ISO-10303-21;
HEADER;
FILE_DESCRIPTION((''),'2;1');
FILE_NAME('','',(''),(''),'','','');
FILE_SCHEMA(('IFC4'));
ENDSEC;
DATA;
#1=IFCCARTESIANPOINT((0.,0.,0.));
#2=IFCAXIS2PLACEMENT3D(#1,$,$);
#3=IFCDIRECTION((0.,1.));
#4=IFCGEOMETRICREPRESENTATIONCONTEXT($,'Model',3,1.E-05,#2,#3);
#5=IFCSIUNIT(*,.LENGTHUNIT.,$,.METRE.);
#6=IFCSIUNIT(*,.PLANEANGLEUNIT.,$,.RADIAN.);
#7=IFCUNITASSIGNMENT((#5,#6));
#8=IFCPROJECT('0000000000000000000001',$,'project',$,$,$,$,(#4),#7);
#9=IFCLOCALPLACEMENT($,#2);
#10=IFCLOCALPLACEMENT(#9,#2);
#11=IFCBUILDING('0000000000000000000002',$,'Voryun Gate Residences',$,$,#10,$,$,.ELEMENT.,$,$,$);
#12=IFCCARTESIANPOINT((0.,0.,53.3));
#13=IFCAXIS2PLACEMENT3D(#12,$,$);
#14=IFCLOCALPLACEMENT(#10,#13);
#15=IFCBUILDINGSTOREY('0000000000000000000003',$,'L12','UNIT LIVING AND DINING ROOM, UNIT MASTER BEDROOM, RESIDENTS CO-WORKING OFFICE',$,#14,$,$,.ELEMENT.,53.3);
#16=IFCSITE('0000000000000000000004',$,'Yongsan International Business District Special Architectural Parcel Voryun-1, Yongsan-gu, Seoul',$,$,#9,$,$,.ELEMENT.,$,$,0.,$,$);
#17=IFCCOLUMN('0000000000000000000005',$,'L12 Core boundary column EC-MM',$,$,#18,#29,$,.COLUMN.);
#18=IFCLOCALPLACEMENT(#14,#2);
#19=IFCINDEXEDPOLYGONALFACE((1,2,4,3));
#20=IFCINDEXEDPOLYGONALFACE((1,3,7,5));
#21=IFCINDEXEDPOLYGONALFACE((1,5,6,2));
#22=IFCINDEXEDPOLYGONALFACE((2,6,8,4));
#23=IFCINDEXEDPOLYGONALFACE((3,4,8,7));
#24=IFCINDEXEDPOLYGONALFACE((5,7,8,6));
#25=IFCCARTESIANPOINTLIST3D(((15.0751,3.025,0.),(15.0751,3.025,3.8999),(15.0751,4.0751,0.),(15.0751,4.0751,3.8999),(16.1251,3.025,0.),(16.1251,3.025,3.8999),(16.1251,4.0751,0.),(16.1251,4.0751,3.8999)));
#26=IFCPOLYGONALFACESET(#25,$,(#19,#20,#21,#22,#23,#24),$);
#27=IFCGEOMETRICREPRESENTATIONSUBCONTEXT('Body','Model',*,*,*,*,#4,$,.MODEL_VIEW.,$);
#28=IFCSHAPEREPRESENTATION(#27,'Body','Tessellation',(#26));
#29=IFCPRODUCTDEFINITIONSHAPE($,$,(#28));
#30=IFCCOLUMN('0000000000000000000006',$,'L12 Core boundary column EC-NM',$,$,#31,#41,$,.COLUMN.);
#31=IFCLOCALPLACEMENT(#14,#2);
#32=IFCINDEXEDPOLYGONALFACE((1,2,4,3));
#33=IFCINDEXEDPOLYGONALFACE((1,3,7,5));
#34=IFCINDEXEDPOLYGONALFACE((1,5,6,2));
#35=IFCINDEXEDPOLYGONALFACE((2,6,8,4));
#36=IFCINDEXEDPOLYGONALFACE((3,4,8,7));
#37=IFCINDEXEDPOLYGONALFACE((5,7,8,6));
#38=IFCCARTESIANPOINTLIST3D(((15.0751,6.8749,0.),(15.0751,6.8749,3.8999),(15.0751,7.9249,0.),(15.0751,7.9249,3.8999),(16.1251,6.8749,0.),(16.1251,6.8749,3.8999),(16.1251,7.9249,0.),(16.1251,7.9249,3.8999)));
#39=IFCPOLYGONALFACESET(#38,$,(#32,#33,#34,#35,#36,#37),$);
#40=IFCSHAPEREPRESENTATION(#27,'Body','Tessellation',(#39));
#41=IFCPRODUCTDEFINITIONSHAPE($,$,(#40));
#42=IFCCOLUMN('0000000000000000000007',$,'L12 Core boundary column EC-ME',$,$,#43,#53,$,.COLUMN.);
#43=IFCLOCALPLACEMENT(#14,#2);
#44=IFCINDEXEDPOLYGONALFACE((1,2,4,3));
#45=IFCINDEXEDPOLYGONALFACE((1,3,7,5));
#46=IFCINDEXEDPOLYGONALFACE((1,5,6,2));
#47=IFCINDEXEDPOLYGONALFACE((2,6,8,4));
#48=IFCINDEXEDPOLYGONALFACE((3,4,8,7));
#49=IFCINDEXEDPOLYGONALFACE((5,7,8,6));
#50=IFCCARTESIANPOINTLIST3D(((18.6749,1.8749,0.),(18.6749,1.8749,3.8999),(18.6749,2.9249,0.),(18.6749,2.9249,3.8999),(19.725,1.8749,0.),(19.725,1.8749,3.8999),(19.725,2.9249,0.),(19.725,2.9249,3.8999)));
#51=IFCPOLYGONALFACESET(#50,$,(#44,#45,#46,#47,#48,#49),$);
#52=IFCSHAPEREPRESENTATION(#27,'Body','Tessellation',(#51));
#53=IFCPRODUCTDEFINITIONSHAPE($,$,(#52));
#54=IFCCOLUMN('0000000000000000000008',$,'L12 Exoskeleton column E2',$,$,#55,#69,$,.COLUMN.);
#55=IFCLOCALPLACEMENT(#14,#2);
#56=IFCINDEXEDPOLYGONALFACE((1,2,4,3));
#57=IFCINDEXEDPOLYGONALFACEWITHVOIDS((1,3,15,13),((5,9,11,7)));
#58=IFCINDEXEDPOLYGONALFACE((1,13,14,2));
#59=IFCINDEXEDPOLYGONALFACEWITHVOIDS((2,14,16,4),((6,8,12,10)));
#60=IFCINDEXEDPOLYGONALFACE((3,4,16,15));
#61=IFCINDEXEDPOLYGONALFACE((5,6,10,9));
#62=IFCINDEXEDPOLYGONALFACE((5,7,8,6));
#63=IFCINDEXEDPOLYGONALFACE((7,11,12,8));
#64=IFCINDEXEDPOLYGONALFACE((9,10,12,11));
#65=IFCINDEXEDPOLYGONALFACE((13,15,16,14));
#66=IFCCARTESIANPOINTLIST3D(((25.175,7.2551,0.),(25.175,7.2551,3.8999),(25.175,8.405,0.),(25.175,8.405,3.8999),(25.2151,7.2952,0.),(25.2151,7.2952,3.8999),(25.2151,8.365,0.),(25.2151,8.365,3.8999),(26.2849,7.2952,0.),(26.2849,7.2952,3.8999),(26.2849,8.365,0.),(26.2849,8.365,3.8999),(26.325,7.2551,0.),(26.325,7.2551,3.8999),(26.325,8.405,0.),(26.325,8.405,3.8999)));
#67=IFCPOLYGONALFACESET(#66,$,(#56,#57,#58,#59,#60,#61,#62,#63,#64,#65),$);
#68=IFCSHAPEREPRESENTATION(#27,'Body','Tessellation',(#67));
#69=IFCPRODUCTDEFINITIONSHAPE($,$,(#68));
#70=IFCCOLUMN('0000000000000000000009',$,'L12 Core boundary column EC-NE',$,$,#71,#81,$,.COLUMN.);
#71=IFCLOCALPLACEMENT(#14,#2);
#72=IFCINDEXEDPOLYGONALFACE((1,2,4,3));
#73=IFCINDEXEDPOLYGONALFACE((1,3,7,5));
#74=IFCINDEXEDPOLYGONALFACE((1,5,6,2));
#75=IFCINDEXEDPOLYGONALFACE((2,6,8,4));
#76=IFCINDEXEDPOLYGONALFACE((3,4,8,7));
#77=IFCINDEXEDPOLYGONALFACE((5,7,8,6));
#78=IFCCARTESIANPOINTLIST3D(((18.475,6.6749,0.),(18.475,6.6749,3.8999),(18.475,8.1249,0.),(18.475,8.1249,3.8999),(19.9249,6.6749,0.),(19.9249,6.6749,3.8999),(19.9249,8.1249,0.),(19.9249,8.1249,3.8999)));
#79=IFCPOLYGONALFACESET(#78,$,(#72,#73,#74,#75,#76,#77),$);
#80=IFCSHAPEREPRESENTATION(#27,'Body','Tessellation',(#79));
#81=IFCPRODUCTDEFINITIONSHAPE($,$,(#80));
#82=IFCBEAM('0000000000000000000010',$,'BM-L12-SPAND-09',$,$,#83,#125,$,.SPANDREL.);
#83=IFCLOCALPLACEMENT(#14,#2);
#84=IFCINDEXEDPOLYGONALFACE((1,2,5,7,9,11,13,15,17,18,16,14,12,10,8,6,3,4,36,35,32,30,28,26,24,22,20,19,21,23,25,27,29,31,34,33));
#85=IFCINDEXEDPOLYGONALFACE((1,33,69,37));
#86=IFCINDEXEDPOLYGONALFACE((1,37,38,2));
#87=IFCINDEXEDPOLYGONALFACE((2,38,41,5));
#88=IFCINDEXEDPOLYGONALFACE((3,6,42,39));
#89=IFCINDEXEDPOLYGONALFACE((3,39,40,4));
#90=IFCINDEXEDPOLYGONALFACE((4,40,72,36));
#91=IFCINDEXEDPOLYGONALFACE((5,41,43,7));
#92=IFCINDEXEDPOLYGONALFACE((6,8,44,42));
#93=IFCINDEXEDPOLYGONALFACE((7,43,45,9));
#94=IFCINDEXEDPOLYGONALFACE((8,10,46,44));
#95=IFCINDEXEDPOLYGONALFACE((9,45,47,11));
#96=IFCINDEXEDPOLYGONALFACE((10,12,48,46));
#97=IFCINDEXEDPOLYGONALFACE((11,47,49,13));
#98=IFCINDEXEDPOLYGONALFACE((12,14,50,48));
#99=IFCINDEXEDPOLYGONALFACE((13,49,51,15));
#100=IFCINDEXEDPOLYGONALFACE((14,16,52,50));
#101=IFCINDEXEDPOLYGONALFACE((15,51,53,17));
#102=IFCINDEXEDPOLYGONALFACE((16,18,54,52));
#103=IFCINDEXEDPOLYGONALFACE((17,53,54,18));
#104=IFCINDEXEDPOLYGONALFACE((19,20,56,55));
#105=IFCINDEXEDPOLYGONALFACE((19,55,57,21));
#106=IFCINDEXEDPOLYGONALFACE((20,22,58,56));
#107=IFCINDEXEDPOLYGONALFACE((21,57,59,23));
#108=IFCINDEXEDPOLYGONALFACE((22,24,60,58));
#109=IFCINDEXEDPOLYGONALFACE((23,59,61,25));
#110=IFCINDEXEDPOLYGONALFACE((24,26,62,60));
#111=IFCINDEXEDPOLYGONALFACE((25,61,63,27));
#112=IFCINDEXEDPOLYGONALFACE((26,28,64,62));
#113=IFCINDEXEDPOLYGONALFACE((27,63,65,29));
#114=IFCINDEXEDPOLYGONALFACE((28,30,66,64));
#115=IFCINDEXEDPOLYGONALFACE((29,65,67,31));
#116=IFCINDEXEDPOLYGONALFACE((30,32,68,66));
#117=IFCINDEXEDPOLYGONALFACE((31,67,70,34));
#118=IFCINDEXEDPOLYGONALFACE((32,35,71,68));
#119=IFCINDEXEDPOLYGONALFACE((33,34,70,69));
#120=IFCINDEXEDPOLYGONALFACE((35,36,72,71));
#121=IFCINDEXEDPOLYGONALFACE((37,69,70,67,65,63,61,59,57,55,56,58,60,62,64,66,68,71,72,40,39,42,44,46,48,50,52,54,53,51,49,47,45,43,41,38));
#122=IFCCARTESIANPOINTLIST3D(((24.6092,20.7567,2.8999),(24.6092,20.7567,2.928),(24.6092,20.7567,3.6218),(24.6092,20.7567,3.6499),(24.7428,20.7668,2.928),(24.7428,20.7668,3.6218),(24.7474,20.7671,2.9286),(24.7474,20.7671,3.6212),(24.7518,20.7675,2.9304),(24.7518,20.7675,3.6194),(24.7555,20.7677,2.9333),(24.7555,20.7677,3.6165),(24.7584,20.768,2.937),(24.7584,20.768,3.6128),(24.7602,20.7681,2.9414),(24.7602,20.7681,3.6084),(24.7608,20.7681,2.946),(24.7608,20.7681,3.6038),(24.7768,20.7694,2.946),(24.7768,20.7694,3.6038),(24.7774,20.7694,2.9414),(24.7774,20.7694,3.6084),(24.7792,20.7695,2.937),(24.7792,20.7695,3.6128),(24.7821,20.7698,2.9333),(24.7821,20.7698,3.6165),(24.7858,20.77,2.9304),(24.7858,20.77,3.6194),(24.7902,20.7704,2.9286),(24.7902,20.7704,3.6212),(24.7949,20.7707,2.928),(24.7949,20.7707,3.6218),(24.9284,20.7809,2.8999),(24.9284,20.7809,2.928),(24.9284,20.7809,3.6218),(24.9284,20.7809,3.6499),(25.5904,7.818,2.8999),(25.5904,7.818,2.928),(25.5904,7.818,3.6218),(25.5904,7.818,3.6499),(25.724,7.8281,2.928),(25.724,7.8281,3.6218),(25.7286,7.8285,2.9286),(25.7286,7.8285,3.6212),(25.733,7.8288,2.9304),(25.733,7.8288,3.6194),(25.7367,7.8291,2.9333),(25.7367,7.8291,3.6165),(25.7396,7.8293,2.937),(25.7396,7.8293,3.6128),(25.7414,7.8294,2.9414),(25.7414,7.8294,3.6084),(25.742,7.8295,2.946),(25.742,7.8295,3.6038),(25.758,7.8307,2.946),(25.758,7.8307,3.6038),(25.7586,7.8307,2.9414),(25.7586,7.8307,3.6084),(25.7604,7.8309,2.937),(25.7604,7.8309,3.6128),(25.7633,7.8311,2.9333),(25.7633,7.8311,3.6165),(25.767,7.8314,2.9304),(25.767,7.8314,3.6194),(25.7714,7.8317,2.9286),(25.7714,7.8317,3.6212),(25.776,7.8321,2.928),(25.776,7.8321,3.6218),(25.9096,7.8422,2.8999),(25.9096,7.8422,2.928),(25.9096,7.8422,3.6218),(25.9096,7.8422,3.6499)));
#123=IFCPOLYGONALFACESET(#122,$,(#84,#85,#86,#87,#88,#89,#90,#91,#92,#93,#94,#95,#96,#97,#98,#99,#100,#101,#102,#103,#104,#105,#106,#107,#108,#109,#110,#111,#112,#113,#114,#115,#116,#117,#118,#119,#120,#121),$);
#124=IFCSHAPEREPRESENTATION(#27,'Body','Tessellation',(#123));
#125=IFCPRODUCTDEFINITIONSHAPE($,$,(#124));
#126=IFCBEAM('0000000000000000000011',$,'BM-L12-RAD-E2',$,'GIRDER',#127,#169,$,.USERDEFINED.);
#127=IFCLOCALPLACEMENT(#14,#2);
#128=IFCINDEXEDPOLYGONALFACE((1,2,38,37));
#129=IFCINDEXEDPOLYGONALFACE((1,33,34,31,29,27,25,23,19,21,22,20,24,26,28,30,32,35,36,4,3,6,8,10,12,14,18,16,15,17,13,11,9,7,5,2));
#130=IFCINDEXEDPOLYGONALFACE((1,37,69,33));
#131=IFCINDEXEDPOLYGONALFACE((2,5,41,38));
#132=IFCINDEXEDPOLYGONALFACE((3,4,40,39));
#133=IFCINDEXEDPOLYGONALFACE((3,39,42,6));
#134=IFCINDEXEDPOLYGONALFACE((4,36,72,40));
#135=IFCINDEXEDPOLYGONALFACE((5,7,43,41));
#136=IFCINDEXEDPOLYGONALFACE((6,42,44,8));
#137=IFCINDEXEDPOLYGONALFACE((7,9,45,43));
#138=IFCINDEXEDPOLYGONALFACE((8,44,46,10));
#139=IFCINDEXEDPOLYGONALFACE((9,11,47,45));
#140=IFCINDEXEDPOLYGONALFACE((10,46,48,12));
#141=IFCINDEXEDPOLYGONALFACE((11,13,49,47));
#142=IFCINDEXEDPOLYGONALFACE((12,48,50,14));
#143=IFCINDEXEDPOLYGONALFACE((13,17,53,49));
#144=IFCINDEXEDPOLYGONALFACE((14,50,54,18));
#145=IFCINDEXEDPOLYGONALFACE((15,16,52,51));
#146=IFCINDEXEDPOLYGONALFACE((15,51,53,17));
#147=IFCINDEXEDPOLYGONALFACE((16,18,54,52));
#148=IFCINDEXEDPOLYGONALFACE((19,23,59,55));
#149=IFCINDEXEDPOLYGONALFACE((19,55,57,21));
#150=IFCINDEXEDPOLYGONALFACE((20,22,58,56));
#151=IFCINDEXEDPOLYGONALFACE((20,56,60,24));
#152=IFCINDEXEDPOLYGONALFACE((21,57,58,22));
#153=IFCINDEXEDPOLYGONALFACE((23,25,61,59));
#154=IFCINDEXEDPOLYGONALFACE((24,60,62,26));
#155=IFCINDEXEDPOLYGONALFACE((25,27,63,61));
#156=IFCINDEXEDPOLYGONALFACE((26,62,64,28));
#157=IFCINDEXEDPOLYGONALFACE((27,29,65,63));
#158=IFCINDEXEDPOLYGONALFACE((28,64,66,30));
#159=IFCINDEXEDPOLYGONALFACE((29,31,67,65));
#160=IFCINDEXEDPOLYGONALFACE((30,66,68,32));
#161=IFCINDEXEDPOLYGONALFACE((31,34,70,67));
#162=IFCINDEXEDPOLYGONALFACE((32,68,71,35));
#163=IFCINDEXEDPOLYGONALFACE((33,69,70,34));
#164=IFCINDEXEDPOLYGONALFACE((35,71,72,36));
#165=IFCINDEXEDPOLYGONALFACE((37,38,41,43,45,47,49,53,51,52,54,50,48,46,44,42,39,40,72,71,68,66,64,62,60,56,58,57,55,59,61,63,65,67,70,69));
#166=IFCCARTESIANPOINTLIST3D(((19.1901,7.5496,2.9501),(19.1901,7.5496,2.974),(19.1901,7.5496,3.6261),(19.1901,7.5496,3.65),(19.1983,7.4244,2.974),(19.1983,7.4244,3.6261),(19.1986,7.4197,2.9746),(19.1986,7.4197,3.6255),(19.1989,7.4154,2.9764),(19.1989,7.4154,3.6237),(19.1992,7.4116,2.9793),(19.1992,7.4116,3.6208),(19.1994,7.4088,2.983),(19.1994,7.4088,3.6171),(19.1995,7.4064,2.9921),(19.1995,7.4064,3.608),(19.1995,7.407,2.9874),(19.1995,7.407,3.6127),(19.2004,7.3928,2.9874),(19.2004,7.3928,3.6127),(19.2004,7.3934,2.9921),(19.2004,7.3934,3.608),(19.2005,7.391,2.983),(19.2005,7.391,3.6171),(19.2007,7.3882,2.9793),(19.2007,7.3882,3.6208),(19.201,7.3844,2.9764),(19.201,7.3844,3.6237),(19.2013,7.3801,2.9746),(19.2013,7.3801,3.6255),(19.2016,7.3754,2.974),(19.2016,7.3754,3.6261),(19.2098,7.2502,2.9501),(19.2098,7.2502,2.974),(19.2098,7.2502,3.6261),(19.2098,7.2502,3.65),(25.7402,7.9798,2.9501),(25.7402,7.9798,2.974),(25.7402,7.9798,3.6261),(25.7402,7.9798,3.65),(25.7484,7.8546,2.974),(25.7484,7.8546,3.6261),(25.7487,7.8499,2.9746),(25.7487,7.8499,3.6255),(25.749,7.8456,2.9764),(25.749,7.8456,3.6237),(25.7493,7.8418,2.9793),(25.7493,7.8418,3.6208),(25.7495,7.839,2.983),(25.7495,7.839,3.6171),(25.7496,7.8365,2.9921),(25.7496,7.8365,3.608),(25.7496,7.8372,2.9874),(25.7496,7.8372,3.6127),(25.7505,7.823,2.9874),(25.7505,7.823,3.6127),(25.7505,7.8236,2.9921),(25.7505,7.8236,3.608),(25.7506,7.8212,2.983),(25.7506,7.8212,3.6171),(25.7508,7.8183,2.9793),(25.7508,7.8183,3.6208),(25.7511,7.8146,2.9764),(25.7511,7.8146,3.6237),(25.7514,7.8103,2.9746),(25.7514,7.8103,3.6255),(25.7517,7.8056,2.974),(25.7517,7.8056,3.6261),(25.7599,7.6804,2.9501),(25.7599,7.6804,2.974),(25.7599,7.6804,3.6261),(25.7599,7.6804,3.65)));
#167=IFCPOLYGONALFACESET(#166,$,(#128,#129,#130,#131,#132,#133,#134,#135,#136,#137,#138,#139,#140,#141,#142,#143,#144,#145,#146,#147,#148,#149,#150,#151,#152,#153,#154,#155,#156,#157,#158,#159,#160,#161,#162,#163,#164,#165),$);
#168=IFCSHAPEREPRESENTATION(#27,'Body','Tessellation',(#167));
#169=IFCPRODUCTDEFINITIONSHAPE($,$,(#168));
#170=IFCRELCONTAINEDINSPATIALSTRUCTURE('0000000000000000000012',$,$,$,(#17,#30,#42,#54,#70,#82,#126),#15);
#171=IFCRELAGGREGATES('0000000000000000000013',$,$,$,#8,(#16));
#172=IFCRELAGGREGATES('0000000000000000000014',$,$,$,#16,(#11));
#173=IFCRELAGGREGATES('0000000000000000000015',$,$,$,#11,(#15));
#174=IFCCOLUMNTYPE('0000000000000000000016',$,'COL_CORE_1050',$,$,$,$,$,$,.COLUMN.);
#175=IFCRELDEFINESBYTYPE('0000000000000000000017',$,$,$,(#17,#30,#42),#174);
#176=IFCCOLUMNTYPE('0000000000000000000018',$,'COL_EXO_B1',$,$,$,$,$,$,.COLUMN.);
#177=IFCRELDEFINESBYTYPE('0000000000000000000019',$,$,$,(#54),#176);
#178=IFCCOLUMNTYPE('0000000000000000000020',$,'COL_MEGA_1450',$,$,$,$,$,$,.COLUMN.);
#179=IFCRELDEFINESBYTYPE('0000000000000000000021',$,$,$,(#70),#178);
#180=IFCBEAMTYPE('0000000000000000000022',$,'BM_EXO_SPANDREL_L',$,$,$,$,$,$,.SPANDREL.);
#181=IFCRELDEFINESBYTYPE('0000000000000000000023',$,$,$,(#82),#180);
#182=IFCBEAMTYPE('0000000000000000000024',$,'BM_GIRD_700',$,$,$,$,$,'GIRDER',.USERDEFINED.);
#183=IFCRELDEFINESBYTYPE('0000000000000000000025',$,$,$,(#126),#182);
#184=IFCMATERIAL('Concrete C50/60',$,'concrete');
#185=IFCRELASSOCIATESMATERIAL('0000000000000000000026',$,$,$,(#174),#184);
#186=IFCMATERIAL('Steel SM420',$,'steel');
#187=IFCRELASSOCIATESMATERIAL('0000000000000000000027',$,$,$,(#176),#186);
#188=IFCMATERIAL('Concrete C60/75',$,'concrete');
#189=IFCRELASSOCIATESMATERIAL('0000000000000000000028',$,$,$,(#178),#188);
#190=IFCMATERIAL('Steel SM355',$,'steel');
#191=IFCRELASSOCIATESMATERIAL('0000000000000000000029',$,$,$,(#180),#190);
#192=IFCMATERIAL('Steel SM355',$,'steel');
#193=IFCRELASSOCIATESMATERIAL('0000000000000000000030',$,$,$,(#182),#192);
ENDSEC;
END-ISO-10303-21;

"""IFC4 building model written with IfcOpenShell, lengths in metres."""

from ifc_helpers import new_model, si_unit, direction, frame, origin, origin_2d, place, context, subcontext, project, spatial, rectangle, hollow_rectangle, i_section, extrude, material, material_profile, profile_set, type_object, element, save


model = new_model("IFC4")

# Units and contexts
model_context = context("Model", 3, precision=1e-05, world=origin(), true_north=direction((0.0, 1.0)))
body_context = subcontext(model_context, "Body", "Model", "MODEL_VIEW")
ifc_project = project(units=[si_unit("LENGTHUNIT", "METRE"), si_unit("PLANEANGLEUNIT", "RADIAN")], contexts=[model_context])

# Site, building, storey
site_placement = place(None, origin())
site = spatial("IfcSite", under=ifc_project, at=site_placement, Name="Yongsan International Business District Special Architectural Parcel Voryun-1, Yongsan-gu, Seoul", CompositionType="ELEMENT", RefElevation=0.0)
building_placement = place(site_placement, origin())
building = spatial("IfcBuilding", under=site, at=building_placement, Name="Voryun Gate Residences", CompositionType="ELEMENT")
storey_placement = place(building_placement, frame((0.0, 0.0, 53.3)))
storey = spatial("IfcBuildingStorey", under=building, at=storey_placement, Name="L12", Description="UNIT LIVING AND DINING ROOM, UNIT MASTER BEDROOM, RESIDENTS CO-WORKING OFFICE", CompositionType="ELEMENT", Elevation=53.3)

# Columns
ifc_material_1 = material(Name="Concrete C50/60", Category="concrete")
ifc_material_profile_1 = material_profile(ifc_material_1, rectangle(XDim=1.05, YDim=1.05, at=origin_2d()), Name="RC-1050x1050")
ifc_profile_set_1 = profile_set([ifc_material_profile_1], Name="Concrete C50/60")
column_type_1 = type_object("IfcColumnType", Name="COL_CORE_1050", PredefinedType="COLUMN", material=ifc_profile_set_1)
for number, where, z_axis, x_axis, name in (
    (1, (15.6001, 3.55, 0.0), (0.0, 0.0, 1.0), (1.0, 0.0, 0.0), "L12 Core boundary column EC-MM"),
    (2, (15.6001, 7.3999, 0.0), (0.0, 0.0, 1.0), (1.0, 0.0, 0.0), "L12 Core boundary column EC-NM"),
    (3, (19.2, 2.3999, 0.0), (0.0, 0.0, 1.0), (1.0, 0.0, 0.0), "L12 Core boundary column EC-ME"),
):
    element("IfcColumn", number, at=place(storey_placement, frame(where, z_axis=z_axis, x_axis=x_axis)), inside=storey, type_object=column_type_1, Name=name, PredefinedType="COLUMN", context=body_context, shape_type="SweptSolid", body=[
        extrude(rectangle(XDim=1.05, YDim=1.05, at=origin_2d()), origin(), (0.0, 0.0, 1.0), 3.8999),
    ])
ifc_material_2 = material(Name="Steel SM420", Category="steel")
ifc_material_profile_2 = material_profile(ifc_material_2, hollow_rectangle(XDim=1.1499, YDim=1.1499, WallThickness=0.04, at=origin_2d()), Name="BOX-1150x1150x40")
ifc_profile_set_2 = profile_set([ifc_material_profile_2], Name="Steel SM420")
column_type_2 = type_object("IfcColumnType", Name="COL_EXO_B1", PredefinedType="COLUMN", material=ifc_profile_set_2)
column_1_placement = place(storey_placement, frame((25.75, 7.8301, 0.0), z_axis=(0.0, 0.0, 1.0), x_axis=(1.0, 0.0, 0.0)))
element("IfcColumn", 4, at=column_1_placement, inside=storey, type_object=column_type_2, Name="L12 Exoskeleton column E2", PredefinedType="COLUMN", context=body_context, shape_type="SweptSolid", body=[
    extrude(hollow_rectangle(XDim=1.1499, YDim=1.1499, WallThickness=0.04, at=origin_2d()), origin(), (0.0, 0.0, 1.0), 3.8999),
])
ifc_material_3 = material(Name="Concrete C60/75", Category="concrete")
ifc_material_profile_3 = material_profile(ifc_material_3, rectangle(XDim=1.45, YDim=1.45, at=origin_2d()), Name="RC-1450x1450")
ifc_profile_set_3 = profile_set([ifc_material_profile_3], Name="Concrete C60/75")
column_type_3 = type_object("IfcColumnType", Name="COL_MEGA_1450", PredefinedType="COLUMN", material=ifc_profile_set_3)
column_2_placement = place(storey_placement, frame((19.2, 7.3999, 0.0), z_axis=(0.0, 0.0, 1.0), x_axis=(1.0, 0.0, 0.0)))
element("IfcColumn", 5, at=column_2_placement, inside=storey, type_object=column_type_3, Name="L12 Core boundary column EC-NE", PredefinedType="COLUMN", context=body_context, shape_type="SweptSolid", body=[
    extrude(rectangle(XDim=1.45, YDim=1.45, at=origin_2d()), origin(), (0.0, 0.0, 1.0), 3.8999),
])

# Beams
ifc_material_4 = material(Name="Steel SM355", Category="steel")
ifc_material_profile_4 = material_profile(ifc_material_4, i_section(OverallWidth=0.3201, OverallDepth=0.75, WebThickness=0.0161, FlangeThickness=0.0281, FilletRadius=0.0181, at=origin_2d()), Name="H-750x320x16x28")
ifc_profile_set_4 = profile_set([ifc_material_profile_4], Name="Steel SM355")
beam_type_1 = type_object("IfcBeamType", Name="BM_EXO_SPANDREL_L", PredefinedType="SPANDREL", material=ifc_profile_set_4)
beam_1_placement = place(storey_placement, frame((25.75, 7.8301, 3.2749), z_axis=(-0.075617, 0.997137, 0.0), x_axis=(-0.997137, -0.075617, 0.0)))
element("IfcBeam", 6, at=beam_1_placement, inside=storey, type_object=beam_type_1, Name="BM-L12-SPAND-09", PredefinedType="SPANDREL", context=body_context, shape_type="SweptSolid", body=[
    extrude(i_section(OverallWidth=0.3201, OverallDepth=0.75, WebThickness=0.0161, FlangeThickness=0.0281, FilletRadius=0.0181, at=origin_2d()), origin(), (0.0, 0.0, 1.0), 12.9758),
])
ifc_material_5 = material(Name="Steel SM355", Category="steel")
ifc_material_profile_5 = material_profile(ifc_material_5, i_section(OverallWidth=0.3, OverallDepth=0.7, WebThickness=0.0129, FlangeThickness=0.0239, FilletRadius=0.0181, at=origin_2d()), Name="H-700x300x13x24")
ifc_profile_set_5 = profile_set([ifc_material_profile_5], Name="Steel SM355")
beam_type_2 = type_object("IfcBeamType", Name="BM_GIRD_700", ElementType="GIRDER", PredefinedType="USERDEFINED", material=ifc_profile_set_5)
beam_2_placement = place(storey_placement, frame((19.2, 7.3999, 3.3), z_axis=(0.99785, 0.065534, 0.0), x_axis=(-0.065534, 0.99785, 0.0)))
element("IfcBeam", 7, at=beam_2_placement, inside=storey, type_object=beam_type_2, Name="BM-L12-RAD-E2", ObjectType="GIRDER", PredefinedType="USERDEFINED", context=body_context, shape_type="SweptSolid", body=[
    extrude(i_section(OverallWidth=0.3, OverallDepth=0.7, WebThickness=0.0129, FlangeThickness=0.0239, FilletRadius=0.0181, at=origin_2d()), origin(), (0.0, 0.0, 1.0), 6.5642),
])

save(model, "model.ifc")
